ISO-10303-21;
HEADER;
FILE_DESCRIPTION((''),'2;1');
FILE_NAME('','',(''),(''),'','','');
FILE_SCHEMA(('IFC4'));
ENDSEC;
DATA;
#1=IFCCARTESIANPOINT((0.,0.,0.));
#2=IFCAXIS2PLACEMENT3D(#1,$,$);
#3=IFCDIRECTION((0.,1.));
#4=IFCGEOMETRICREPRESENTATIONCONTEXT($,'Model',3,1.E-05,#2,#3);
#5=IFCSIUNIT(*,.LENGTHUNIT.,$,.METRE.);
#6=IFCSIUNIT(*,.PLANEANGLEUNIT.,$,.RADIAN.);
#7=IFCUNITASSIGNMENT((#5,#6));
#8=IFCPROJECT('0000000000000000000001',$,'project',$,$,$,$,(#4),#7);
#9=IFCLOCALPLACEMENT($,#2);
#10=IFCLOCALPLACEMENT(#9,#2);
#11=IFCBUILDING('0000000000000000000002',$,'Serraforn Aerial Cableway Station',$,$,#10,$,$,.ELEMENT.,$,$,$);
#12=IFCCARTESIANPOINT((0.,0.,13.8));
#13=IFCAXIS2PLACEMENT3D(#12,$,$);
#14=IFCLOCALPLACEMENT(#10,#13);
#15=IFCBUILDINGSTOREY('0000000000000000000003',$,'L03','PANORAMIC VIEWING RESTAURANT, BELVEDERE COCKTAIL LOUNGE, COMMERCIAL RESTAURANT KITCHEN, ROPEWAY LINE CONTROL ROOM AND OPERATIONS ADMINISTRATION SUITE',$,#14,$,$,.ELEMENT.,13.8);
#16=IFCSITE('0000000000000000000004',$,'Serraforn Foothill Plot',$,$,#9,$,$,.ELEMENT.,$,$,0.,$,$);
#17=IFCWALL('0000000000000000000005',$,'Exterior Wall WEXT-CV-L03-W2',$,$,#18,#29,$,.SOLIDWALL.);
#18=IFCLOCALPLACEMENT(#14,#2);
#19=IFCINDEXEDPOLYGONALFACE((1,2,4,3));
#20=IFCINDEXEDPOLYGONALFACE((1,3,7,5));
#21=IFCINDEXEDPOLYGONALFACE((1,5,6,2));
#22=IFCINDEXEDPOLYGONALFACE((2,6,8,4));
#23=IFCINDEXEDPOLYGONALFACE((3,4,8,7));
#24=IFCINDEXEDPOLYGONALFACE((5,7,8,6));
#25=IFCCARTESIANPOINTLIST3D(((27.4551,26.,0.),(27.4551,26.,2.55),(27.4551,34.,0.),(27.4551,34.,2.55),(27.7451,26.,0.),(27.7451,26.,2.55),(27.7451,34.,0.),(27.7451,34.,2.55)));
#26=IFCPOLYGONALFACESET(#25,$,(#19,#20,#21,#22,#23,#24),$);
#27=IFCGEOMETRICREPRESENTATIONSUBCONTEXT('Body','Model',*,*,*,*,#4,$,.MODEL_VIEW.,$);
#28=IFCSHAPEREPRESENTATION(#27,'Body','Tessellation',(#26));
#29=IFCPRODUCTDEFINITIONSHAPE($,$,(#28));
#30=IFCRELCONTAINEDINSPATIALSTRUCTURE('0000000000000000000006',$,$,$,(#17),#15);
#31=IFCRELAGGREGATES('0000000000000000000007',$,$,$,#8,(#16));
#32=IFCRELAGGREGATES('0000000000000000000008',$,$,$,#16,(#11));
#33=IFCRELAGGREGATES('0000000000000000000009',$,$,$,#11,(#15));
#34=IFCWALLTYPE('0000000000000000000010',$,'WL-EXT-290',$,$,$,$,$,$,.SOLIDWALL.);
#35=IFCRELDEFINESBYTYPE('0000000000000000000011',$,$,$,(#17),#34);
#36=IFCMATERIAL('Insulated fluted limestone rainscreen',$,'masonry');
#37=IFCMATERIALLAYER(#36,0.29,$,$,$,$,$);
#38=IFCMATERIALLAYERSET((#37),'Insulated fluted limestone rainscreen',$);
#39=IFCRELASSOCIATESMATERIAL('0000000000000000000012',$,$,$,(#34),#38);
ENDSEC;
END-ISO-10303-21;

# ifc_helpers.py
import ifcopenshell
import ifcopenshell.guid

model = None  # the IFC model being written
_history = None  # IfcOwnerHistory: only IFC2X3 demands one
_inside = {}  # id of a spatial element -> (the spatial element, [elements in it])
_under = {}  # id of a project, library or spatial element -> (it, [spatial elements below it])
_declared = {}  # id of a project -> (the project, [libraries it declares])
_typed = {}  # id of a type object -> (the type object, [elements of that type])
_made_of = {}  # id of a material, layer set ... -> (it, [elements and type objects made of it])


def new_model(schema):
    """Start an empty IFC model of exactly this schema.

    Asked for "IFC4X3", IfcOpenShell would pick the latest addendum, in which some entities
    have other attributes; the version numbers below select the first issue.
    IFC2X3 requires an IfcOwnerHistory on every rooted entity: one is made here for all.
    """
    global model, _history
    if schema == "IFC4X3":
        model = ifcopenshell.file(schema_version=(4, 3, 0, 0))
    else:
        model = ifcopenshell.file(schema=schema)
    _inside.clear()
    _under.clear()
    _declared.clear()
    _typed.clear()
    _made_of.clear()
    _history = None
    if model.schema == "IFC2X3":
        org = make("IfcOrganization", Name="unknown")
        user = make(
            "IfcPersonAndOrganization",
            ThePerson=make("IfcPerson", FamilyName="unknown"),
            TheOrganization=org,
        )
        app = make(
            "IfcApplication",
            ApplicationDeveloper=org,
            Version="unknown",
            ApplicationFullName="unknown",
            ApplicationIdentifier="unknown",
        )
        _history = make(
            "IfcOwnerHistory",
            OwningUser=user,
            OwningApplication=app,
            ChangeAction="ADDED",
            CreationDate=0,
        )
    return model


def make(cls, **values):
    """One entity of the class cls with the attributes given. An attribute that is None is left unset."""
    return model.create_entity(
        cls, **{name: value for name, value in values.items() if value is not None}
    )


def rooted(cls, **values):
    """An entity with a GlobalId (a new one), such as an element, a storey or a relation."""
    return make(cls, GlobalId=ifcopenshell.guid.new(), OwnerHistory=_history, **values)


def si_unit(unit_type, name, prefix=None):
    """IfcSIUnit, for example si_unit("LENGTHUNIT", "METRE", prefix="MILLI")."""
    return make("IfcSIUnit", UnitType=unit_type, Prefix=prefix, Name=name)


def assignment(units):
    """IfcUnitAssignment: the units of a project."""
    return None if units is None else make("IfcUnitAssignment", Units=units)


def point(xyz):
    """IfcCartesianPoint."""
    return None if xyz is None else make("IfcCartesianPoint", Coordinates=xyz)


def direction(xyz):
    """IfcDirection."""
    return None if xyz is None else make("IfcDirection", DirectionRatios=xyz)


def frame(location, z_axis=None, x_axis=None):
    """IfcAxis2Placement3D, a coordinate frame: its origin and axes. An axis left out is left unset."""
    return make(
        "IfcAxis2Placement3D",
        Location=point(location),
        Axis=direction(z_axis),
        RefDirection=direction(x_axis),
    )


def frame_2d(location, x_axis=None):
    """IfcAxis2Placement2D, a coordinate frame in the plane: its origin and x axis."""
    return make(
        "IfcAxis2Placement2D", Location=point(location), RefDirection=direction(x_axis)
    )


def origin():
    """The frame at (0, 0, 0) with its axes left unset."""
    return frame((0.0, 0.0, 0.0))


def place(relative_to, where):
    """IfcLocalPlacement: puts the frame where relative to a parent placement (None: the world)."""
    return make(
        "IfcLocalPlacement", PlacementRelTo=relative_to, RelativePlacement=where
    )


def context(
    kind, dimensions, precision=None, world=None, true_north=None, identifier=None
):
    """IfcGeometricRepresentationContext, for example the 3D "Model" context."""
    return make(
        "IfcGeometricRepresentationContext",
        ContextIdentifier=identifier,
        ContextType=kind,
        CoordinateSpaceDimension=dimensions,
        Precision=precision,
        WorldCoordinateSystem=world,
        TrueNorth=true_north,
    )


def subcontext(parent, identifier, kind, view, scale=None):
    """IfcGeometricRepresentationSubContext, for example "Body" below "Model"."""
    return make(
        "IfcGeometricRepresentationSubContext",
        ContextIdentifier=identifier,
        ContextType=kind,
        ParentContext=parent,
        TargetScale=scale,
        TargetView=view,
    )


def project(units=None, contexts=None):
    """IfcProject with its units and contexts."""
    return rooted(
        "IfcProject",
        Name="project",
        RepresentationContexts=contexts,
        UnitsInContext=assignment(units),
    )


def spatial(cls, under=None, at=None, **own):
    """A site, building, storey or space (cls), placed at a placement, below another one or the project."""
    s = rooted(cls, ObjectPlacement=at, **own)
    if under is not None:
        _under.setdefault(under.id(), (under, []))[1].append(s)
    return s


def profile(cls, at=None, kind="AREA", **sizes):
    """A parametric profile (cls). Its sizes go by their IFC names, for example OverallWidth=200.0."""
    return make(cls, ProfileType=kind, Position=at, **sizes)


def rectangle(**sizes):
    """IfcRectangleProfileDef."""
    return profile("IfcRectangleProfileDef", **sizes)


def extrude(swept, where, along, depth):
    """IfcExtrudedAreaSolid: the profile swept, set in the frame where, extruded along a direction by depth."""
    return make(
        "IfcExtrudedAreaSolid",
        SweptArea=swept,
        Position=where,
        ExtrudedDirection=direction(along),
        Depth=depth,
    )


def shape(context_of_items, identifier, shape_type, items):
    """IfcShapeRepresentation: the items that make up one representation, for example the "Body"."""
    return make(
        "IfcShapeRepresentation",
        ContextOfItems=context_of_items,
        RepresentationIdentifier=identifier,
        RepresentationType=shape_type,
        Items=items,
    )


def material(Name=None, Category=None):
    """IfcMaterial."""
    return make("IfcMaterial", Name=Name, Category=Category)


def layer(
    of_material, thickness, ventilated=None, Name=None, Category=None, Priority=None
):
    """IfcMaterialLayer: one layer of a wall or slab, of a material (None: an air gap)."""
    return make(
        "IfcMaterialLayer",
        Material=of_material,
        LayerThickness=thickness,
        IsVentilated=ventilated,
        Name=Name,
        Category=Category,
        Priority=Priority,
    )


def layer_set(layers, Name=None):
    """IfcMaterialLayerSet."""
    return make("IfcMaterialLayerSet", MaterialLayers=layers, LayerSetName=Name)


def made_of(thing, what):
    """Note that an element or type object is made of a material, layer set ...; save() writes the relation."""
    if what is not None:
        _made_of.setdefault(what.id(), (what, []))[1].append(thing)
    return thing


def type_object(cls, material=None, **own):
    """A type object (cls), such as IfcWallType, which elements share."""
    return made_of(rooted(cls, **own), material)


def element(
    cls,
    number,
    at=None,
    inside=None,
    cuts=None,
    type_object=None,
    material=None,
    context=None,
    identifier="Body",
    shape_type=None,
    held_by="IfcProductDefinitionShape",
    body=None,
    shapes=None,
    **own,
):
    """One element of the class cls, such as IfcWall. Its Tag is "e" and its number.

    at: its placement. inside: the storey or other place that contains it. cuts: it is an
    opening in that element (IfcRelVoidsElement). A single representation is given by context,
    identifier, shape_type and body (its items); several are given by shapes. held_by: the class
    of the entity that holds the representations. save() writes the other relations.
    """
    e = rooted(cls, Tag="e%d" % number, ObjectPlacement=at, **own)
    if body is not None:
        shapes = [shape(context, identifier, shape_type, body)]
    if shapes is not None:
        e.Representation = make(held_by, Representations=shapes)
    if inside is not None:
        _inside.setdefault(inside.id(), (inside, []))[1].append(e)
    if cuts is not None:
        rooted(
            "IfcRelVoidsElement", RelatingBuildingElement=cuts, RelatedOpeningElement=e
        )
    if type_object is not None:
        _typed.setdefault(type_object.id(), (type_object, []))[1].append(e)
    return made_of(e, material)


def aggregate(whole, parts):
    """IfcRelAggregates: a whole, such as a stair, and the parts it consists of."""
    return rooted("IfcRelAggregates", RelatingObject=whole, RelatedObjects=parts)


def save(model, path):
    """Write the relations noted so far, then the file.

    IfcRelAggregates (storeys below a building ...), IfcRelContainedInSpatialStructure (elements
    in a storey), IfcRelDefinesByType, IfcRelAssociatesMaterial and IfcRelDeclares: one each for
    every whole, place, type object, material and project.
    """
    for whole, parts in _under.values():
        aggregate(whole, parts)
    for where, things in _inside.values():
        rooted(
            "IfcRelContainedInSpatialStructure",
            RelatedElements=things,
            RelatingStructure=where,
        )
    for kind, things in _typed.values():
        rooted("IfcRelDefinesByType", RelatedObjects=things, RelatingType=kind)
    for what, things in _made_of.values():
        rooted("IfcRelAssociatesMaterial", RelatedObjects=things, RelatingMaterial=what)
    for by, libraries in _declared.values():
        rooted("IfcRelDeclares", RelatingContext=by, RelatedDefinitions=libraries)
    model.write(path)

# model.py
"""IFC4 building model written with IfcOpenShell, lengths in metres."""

from ifc_helpers import new_model, si_unit, direction, frame, frame_2d, origin, place, context, subcontext, project, spatial, rectangle, extrude, material, layer, layer_set, type_object, element, save


model = new_model("IFC4")

# Units and contexts
model_context = context("Model", 3, precision=1e-05, world=origin(), true_north=direction((0.0, 1.0)))
body_context = subcontext(model_context, "Body", "Model", "MODEL_VIEW")
ifc_project = project(units=[si_unit("LENGTHUNIT", "METRE"), si_unit("PLANEANGLEUNIT", "RADIAN")], contexts=[model_context])

# Site, building, storey
site_placement = place(None, origin())
site = spatial("IfcSite", under=ifc_project, at=site_placement, Name="Serraforn Foothill Plot", CompositionType="ELEMENT", RefElevation=0.0)
building_placement = place(site_placement, origin())
building = spatial("IfcBuilding", under=site, at=building_placement, Name="Serraforn Aerial Cableway Station", CompositionType="ELEMENT")
storey_placement = place(building_placement, frame((0.0, 0.0, 13.8)))
storey = spatial("IfcBuildingStorey", under=building, at=storey_placement, Name="L03", Description="PANORAMIC VIEWING RESTAURANT, BELVEDERE COCKTAIL LOUNGE, COMMERCIAL RESTAURANT KITCHEN, ROPEWAY LINE CONTROL ROOM AND OPERATIONS ADMINISTRATION SUITE", CompositionType="ELEMENT", Elevation=13.8)

# Wall
ifc_material_1 = material(Name="Insulated fluted limestone rainscreen", Category="masonry")
ifc_layer_1 = layer(ifc_material_1, 0.29)
ifc_layer_set_1 = layer_set([ifc_layer_1], Name="Insulated fluted limestone rainscreen")
wall_type = type_object("IfcWallType", Name="WL-EXT-290", PredefinedType="SOLIDWALL", material=ifc_layer_set_1)
wall_placement = place(storey_placement, frame((27.6001, 34.0, 0.0), z_axis=(0.0, 0.0, 1.0), x_axis=(0.0, -1.0, 0.0)))
element("IfcWall", 1, at=wall_placement, inside=storey, type_object=wall_type, Name="Exterior Wall WEXT-CV-L03-W2", PredefinedType="SOLIDWALL", context=body_context, shape_type="SweptSolid", body=[
    extrude(rectangle(XDim=8.0, YDim=0.29, at=frame_2d((4.0, 0.0))), origin(), (0.0, 0.0, 1.0), 2.55),
])

save(model, "model.ifc")
